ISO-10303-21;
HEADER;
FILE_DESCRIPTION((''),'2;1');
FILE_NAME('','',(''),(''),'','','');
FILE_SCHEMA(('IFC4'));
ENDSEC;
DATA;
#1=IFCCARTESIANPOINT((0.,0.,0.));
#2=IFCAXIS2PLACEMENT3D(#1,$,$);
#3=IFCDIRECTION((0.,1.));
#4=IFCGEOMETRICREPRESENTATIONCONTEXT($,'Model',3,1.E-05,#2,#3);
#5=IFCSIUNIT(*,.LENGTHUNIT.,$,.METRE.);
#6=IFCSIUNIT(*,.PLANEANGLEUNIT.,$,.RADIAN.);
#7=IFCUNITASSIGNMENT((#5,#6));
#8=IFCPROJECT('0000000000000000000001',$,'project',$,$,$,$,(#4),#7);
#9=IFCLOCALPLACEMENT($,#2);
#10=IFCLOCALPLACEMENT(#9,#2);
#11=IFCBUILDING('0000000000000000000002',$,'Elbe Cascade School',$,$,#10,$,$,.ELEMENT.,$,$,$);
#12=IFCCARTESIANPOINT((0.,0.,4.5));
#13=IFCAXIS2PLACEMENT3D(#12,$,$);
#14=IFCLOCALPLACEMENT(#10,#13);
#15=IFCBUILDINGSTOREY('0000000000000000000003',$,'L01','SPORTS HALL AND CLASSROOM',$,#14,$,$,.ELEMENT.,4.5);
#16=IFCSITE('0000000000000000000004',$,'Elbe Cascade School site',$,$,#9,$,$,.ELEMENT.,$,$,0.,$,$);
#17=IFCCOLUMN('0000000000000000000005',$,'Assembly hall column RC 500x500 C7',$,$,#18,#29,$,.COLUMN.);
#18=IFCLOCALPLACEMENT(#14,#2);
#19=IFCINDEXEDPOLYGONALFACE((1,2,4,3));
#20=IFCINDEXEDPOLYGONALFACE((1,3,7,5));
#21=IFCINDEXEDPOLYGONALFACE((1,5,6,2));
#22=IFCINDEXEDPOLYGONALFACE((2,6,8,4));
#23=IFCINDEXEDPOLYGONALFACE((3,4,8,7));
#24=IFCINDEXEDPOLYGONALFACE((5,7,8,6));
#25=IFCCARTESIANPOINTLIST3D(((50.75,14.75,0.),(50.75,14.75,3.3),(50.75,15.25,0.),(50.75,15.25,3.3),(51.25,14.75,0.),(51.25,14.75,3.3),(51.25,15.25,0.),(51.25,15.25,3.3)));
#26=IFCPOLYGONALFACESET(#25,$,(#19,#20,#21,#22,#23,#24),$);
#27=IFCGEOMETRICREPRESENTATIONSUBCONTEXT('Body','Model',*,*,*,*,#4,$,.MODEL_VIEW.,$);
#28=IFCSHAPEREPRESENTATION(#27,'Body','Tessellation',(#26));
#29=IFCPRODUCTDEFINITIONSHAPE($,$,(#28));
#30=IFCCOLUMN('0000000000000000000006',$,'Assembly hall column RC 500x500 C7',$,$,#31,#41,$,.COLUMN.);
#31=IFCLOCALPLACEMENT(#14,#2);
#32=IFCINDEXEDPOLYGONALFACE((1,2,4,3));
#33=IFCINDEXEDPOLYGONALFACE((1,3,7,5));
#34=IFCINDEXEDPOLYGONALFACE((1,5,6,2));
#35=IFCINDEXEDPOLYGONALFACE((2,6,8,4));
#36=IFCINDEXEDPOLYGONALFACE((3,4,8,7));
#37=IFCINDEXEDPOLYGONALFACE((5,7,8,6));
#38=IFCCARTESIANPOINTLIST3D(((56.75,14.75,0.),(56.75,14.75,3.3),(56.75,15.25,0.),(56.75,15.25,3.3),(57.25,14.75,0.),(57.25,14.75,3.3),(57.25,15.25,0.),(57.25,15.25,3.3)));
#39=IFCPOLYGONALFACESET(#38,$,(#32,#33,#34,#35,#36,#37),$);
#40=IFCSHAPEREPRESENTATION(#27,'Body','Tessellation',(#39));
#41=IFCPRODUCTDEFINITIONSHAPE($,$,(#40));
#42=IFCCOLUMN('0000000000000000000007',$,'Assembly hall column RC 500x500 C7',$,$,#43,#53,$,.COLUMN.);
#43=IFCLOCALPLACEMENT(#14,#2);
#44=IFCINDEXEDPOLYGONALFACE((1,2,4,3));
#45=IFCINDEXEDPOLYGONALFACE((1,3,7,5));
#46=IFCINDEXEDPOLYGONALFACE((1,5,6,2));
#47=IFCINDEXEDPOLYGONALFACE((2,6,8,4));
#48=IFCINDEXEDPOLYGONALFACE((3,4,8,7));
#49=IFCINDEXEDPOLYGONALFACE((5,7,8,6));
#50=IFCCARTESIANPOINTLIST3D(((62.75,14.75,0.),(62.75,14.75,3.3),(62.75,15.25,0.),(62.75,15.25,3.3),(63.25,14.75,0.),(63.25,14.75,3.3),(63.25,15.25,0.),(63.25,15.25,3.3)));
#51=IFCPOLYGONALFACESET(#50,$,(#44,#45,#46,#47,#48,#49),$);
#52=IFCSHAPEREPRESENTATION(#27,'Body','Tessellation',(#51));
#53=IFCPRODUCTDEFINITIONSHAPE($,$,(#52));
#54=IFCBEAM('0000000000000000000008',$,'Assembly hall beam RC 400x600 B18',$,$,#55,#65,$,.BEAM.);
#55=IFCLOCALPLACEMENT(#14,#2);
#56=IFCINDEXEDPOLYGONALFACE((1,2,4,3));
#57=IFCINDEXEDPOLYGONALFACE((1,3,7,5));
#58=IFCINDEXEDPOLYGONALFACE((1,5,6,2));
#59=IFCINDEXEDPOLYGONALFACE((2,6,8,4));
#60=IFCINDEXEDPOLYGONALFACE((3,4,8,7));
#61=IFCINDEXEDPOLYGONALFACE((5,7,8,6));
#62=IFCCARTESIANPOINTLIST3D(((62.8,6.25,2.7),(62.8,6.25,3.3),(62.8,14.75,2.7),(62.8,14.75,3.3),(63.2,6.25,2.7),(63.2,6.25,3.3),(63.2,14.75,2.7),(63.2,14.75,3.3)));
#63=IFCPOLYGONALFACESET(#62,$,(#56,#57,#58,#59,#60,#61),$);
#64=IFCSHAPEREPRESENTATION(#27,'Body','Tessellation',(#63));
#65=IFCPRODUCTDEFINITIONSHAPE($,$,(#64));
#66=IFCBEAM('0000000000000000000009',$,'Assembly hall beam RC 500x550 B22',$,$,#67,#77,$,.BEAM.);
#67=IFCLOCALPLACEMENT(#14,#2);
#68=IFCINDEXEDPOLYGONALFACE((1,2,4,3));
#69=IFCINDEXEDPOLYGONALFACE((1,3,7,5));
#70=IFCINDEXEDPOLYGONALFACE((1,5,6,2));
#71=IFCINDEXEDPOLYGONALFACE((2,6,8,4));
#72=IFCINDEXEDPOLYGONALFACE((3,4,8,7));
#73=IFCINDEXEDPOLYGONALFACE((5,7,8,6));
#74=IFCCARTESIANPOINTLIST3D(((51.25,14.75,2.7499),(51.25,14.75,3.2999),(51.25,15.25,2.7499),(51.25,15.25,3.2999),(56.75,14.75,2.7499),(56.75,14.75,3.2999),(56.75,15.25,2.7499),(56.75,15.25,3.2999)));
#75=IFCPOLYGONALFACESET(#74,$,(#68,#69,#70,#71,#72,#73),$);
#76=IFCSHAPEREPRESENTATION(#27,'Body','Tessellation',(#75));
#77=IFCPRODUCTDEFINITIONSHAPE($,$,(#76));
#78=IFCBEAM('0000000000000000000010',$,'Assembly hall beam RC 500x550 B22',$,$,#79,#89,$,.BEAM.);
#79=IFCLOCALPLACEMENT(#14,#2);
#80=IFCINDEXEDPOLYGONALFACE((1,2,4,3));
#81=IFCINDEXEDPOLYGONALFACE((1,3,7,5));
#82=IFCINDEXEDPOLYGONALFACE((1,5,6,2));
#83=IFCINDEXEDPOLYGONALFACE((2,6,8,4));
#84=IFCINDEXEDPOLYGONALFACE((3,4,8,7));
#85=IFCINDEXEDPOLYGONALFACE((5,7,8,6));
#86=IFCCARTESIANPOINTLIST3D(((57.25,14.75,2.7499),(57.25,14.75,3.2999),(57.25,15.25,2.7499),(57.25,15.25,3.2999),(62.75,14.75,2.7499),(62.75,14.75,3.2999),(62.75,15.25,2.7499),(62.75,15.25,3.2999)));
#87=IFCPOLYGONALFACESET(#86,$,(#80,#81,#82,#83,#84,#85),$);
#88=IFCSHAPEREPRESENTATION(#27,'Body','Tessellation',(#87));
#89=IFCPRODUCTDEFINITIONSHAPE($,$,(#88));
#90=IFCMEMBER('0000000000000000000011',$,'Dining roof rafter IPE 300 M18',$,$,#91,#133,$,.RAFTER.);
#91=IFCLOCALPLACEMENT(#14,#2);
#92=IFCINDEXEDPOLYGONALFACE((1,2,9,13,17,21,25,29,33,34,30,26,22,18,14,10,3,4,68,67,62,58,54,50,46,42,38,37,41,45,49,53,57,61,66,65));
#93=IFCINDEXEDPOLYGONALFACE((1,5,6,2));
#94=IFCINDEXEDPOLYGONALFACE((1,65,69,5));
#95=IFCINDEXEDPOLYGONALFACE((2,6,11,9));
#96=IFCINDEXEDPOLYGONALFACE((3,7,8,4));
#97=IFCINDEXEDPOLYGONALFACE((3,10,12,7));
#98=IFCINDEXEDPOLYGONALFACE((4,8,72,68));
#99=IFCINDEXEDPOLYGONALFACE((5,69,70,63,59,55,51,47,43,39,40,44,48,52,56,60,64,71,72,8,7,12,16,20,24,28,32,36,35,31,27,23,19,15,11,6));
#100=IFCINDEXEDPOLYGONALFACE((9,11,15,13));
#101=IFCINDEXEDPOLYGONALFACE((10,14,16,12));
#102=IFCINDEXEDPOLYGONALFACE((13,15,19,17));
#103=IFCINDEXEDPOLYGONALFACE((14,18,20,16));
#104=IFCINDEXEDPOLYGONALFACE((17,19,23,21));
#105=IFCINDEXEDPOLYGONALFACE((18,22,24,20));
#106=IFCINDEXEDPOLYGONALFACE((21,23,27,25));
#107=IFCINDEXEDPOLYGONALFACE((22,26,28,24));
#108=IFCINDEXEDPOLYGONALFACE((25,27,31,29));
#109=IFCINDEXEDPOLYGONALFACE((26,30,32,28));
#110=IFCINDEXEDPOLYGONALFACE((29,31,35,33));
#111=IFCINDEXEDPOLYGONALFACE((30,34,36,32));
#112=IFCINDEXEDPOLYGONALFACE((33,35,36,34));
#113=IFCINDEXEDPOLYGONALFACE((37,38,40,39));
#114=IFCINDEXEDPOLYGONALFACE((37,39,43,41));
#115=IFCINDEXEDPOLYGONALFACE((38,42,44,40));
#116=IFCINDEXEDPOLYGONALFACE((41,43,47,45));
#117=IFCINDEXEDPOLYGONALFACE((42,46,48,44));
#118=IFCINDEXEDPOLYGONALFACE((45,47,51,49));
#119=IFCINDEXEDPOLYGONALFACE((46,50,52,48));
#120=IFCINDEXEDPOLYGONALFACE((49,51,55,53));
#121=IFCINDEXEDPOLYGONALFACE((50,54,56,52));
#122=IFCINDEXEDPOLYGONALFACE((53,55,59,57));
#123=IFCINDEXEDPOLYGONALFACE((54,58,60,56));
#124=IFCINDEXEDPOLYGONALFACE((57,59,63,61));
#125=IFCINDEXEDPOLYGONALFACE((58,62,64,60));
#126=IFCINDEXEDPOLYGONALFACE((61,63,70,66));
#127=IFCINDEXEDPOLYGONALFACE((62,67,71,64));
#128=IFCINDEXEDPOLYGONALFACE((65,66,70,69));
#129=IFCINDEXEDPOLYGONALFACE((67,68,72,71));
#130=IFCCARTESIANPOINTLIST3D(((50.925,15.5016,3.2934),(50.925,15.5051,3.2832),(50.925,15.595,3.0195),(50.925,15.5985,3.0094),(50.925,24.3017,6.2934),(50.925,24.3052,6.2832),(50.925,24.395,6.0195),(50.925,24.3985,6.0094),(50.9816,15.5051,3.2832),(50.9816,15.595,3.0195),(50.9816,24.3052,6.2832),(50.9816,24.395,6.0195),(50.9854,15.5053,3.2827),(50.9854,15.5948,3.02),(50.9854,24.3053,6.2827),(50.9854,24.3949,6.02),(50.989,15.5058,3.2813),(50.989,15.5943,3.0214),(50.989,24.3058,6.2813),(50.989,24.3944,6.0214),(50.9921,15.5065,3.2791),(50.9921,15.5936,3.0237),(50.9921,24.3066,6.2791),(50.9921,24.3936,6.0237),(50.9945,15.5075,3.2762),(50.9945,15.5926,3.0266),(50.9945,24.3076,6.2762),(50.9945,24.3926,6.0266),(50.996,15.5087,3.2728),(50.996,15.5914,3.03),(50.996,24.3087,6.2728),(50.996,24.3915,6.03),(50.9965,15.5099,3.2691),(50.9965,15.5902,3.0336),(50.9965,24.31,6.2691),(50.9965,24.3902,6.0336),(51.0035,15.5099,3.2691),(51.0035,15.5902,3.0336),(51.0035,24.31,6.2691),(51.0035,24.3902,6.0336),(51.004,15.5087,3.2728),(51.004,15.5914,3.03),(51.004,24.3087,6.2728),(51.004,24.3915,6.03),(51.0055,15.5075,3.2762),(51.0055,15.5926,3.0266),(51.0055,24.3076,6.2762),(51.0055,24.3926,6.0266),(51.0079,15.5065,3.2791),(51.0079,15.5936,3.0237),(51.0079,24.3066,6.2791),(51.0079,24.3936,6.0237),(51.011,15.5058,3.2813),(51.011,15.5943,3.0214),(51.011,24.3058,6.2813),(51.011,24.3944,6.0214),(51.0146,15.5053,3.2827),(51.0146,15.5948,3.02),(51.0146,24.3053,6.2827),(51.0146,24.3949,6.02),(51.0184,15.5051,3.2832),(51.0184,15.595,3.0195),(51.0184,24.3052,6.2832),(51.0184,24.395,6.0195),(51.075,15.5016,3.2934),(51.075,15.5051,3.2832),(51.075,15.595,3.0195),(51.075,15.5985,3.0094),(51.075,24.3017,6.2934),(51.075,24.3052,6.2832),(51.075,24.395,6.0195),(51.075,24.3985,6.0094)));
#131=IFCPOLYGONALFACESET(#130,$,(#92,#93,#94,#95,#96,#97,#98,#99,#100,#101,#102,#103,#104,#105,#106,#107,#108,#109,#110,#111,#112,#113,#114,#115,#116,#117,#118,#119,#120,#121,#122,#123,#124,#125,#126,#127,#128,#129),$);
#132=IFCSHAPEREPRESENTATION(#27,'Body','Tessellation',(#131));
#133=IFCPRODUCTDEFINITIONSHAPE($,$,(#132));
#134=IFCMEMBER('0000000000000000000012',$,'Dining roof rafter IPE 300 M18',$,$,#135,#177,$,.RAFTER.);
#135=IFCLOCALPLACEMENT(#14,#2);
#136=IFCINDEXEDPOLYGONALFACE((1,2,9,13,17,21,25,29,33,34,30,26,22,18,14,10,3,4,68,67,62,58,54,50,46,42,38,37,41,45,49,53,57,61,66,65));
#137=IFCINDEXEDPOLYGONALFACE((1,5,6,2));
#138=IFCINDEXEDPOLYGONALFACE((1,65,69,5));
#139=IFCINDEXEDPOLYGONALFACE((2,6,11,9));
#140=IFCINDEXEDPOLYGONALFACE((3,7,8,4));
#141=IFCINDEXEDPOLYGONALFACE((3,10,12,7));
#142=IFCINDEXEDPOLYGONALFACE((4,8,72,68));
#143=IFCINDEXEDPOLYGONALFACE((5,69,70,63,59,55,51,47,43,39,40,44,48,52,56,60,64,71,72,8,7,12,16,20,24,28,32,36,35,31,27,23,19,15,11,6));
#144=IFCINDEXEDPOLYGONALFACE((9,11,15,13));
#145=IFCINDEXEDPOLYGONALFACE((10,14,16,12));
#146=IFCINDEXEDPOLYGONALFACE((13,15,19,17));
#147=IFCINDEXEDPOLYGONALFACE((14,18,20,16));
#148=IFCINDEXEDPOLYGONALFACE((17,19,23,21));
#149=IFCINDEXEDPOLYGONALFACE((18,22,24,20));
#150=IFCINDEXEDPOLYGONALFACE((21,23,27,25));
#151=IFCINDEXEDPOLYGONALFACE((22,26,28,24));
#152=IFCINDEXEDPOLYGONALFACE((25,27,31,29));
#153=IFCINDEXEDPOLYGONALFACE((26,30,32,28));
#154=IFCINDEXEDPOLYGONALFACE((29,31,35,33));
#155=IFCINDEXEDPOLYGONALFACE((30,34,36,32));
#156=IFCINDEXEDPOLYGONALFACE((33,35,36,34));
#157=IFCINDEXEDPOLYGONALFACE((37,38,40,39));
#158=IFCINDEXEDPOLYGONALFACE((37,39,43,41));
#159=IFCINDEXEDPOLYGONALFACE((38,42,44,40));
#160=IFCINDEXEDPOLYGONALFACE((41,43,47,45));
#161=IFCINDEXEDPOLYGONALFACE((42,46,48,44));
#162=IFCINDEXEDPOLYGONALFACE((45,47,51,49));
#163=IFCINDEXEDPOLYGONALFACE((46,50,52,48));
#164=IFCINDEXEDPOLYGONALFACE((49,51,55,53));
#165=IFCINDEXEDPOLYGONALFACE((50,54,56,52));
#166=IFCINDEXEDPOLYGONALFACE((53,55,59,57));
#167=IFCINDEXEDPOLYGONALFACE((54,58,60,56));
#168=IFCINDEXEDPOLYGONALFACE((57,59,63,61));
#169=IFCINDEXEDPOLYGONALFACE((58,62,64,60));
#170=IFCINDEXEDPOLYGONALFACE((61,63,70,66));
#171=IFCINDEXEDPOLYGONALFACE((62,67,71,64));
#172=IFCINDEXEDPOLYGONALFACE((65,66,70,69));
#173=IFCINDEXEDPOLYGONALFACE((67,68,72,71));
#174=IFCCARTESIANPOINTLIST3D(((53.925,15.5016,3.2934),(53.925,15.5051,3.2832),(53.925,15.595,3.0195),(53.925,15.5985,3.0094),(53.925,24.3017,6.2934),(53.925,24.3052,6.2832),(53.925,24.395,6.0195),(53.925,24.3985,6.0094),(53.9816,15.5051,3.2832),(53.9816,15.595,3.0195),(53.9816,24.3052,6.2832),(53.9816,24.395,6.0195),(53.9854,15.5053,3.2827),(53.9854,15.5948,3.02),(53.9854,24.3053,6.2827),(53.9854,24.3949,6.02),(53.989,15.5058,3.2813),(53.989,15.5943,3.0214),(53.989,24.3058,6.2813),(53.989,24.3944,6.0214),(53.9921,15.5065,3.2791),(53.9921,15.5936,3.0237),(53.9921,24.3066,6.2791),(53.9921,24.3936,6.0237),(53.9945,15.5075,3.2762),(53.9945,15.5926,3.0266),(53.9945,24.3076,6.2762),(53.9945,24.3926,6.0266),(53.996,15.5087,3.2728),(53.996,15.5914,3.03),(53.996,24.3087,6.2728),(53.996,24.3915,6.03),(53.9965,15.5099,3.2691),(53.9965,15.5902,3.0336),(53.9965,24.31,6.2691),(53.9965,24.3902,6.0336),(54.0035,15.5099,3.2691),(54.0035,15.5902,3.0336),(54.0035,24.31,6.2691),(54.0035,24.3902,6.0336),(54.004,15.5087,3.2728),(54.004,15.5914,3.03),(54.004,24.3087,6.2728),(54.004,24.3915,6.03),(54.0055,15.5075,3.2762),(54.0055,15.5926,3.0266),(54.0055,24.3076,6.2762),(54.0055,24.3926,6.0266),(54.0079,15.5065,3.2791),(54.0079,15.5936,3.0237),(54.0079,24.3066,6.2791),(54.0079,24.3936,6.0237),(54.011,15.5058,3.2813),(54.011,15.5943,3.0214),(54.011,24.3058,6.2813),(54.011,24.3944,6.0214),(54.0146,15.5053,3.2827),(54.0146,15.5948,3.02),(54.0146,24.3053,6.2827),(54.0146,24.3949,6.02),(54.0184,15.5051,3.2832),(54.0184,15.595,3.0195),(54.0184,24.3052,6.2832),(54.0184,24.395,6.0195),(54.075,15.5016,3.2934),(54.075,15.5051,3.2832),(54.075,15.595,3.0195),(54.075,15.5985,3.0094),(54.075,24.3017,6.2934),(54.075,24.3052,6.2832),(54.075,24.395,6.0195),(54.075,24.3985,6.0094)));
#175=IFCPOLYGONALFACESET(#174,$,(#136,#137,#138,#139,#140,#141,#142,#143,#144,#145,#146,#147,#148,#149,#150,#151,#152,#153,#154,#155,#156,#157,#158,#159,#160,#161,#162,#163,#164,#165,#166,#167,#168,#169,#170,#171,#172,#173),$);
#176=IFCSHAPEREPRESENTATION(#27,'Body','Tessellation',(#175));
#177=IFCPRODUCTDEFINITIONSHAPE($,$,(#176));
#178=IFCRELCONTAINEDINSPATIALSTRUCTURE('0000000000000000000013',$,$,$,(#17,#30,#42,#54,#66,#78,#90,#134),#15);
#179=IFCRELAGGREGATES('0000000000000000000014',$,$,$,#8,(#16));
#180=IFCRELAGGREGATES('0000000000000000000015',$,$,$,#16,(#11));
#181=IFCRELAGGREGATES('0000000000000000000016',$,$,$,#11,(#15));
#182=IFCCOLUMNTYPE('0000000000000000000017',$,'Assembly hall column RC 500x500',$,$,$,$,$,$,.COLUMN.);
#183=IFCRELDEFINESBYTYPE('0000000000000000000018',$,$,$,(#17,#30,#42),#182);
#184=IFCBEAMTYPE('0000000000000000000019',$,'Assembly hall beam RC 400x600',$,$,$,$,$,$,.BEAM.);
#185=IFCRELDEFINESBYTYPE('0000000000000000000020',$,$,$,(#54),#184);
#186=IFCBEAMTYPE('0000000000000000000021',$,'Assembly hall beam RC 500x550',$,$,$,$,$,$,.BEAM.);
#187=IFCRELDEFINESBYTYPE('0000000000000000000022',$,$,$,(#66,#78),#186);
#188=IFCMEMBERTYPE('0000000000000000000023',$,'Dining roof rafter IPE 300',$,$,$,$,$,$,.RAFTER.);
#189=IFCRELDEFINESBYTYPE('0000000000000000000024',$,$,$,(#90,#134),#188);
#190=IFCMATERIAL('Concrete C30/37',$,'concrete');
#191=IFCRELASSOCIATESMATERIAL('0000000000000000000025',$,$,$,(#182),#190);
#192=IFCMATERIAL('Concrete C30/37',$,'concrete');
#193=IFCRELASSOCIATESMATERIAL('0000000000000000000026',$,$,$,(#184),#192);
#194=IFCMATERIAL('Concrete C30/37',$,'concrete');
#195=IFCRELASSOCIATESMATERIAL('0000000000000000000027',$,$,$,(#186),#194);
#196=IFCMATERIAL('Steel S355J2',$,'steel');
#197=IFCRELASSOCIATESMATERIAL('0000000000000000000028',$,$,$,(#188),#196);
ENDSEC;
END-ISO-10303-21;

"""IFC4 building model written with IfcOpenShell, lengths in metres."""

from ifc_helpers import new_model, si_unit, direction, frame, origin, origin_2d, place, context, subcontext, project, spatial, rectangle, i_section, extrude, material, material_profile, profile_set, type_object, element, save


model = new_model("IFC4")

# Units and contexts
model_context = context("Model", 3, precision=1e-05, world=origin(), true_north=direction((0.0, 1.0)))
body_context = subcontext(model_context, "Body", "Model", "MODEL_VIEW")
ifc_project = project(units=[si_unit("LENGTHUNIT", "METRE"), si_unit("PLANEANGLEUNIT", "RADIAN")], contexts=[model_context])

# Site, building, storey
site_placement = place(None, origin())
site = spatial("IfcSite", under=ifc_project, at=site_placement, Name="Elbe Cascade School site", CompositionType="ELEMENT", RefElevation=0.0)
building_placement = place(site_placement, origin())
building = spatial("IfcBuilding", under=site, at=building_placement, Name="Elbe Cascade School", CompositionType="ELEMENT")
storey_placement = place(building_placement, frame((0.0, 0.0, 4.5)))
storey = spatial("IfcBuildingStorey", under=building, at=storey_placement, Name="L01", Description="SPORTS HALL AND CLASSROOM", CompositionType="ELEMENT", Elevation=4.5)

# Columns
ifc_material_1 = material(Name="Concrete C30/37", Category="concrete")
ifc_material_profile_1 = material_profile(ifc_material_1, rectangle(XDim=0.5, YDim=0.5, at=origin_2d()), Name="RC 500x500")
ifc_profile_set_1 = profile_set([ifc_material_profile_1], Name="Concrete C30/37")
column_type = type_object("IfcColumnType", Name="Assembly hall column RC 500x500", PredefinedType="COLUMN", material=ifc_profile_set_1)
for number, where, z_axis, x_axis, name in (
    (1, (51.0, 15.0, 0.0), (0.0, 0.0, 1.0), (1.0, 0.0, 0.0), "Assembly hall column RC 500x500 C7"),
    (2, (57.0, 15.0, 0.0), (0.0, 0.0, 1.0), (1.0, 0.0, 0.0), "Assembly hall column RC 500x500 C7"),
    (3, (63.0, 15.0, 0.0), (0.0, 0.0, 1.0), (1.0, 0.0, 0.0), "Assembly hall column RC 500x500 C7"),
):
    element("IfcColumn", number, at=place(storey_placement, frame(where, z_axis=z_axis, x_axis=x_axis)), inside=storey, type_object=column_type, Name=name, PredefinedType="COLUMN", context=body_context, shape_type="SweptSolid", body=[
        extrude(rectangle(XDim=0.5, YDim=0.5, at=origin_2d()), origin(), (0.0, 0.0, 1.0), 3.3),
    ])

# Beams
ifc_material_2 = material(Name="Concrete C30/37", Category="concrete")
ifc_material_profile_2 = material_profile(ifc_material_2, rectangle(XDim=0.3999, YDim=0.6001, at=origin_2d()), Name="RC 400x600")
ifc_profile_set_2 = profile_set([ifc_material_profile_2], Name="Concrete C30/37")
beam_type_1 = type_object("IfcBeamType", Name="Assembly hall beam RC 400x600", PredefinedType="BEAM", material=ifc_profile_set_2)
beam_placement = place(storey_placement, frame((63.0, 6.25, 3.0), z_axis=(0.0, 1.0, 0.0), x_axis=(-1.0, 0.0, 0.0)))
element("IfcBeam", 4, at=beam_placement, inside=storey, type_object=beam_type_1, Name="Assembly hall beam RC 400x600 B18", PredefinedType="BEAM", context=body_context, shape_type="SweptSolid", body=[
    extrude(rectangle(XDim=0.3999, YDim=0.6001, at=origin_2d()), origin(), (0.0, 0.0, 1.0), 8.5),
])
ifc_material_3 = material(Name="Concrete C30/37", Category="concrete")
ifc_material_profile_3 = material_profile(ifc_material_3, rectangle(XDim=0.5, YDim=0.55, at=origin_2d()), Name="RC 500x550")
ifc_profile_set_3 = profile_set([ifc_material_profile_3], Name="Concrete C30/37")
beam_type_2 = type_object("IfcBeamType", Name="Assembly hall beam RC 500x550", PredefinedType="BEAM", material=ifc_profile_set_3)
for number, where, z_axis, x_axis, name in (
    (5, (51.25, 15.0, 3.0249), (1.0, 0.0, 0.0), (0.0, 1.0, 0.0), "Assembly hall beam RC 500x550 B22"),
    (6, (57.25, 15.0, 3.0249), (1.0, 0.0, 0.0), (0.0, 1.0, 0.0), "Assembly hall beam RC 500x550 B22"),
):
    element("IfcBeam", number, at=place(storey_placement, frame(where, z_axis=z_axis, x_axis=x_axis)), inside=storey, type_object=beam_type_2, Name=name, PredefinedType="BEAM", context=body_context, shape_type="SweptSolid", body=[
        extrude(rectangle(XDim=0.5, YDim=0.55, at=origin_2d()), origin(), (0.0, 0.0, 1.0), 5.5),
    ])

# Members
ifc_material_4 = material(Name="Steel S355J2", Category="steel")
ifc_material_profile_4 = material_profile(ifc_material_4, i_section(OverallWidth=0.1499, OverallDepth=0.3, WebThickness=0.0071, FlangeThickness=0.0107, FilletRadius=0.0149, at=origin_2d()), Name="IPE 300")
ifc_profile_set_4 = profile_set([ifc_material_profile_4], Name="Steel S355J2")
member_type_1 = type_object("IfcMemberType", Name="Dining roof rafter IPE 300", PredefinedType="RAFTER", material=ifc_profile_set_4)
for number, where, z_axis, x_axis, name in (
    (7, (51.0, 15.55, 3.1514), (0.0, 0.946511, 0.322672), (-1.0, 0.0, 0.0), "Dining roof rafter IPE 300 M18"),
    (8, (54.0, 15.55, 3.1514), (0.0, 0.946511, 0.322672), (-1.0, 0.0, 0.0), "Dining roof rafter IPE 300 M18"),
):
    element("IfcMember", number, at=place(storey_placement, frame(where, z_axis=z_axis, x_axis=x_axis)), inside=storey, type_object=member_type_1, Name=name, PredefinedType="RAFTER", context=body_context, shape_type="SweptSolid", body=[
        extrude(i_section(OverallWidth=0.1499, OverallDepth=0.3, WebThickness=0.0071, FlangeThickness=0.0107, FilletRadius=0.0149, at=origin_2d()), origin(), (0.0, 0.0, 1.0), 9.2974),
    ])

save(model, "model.ifc")
